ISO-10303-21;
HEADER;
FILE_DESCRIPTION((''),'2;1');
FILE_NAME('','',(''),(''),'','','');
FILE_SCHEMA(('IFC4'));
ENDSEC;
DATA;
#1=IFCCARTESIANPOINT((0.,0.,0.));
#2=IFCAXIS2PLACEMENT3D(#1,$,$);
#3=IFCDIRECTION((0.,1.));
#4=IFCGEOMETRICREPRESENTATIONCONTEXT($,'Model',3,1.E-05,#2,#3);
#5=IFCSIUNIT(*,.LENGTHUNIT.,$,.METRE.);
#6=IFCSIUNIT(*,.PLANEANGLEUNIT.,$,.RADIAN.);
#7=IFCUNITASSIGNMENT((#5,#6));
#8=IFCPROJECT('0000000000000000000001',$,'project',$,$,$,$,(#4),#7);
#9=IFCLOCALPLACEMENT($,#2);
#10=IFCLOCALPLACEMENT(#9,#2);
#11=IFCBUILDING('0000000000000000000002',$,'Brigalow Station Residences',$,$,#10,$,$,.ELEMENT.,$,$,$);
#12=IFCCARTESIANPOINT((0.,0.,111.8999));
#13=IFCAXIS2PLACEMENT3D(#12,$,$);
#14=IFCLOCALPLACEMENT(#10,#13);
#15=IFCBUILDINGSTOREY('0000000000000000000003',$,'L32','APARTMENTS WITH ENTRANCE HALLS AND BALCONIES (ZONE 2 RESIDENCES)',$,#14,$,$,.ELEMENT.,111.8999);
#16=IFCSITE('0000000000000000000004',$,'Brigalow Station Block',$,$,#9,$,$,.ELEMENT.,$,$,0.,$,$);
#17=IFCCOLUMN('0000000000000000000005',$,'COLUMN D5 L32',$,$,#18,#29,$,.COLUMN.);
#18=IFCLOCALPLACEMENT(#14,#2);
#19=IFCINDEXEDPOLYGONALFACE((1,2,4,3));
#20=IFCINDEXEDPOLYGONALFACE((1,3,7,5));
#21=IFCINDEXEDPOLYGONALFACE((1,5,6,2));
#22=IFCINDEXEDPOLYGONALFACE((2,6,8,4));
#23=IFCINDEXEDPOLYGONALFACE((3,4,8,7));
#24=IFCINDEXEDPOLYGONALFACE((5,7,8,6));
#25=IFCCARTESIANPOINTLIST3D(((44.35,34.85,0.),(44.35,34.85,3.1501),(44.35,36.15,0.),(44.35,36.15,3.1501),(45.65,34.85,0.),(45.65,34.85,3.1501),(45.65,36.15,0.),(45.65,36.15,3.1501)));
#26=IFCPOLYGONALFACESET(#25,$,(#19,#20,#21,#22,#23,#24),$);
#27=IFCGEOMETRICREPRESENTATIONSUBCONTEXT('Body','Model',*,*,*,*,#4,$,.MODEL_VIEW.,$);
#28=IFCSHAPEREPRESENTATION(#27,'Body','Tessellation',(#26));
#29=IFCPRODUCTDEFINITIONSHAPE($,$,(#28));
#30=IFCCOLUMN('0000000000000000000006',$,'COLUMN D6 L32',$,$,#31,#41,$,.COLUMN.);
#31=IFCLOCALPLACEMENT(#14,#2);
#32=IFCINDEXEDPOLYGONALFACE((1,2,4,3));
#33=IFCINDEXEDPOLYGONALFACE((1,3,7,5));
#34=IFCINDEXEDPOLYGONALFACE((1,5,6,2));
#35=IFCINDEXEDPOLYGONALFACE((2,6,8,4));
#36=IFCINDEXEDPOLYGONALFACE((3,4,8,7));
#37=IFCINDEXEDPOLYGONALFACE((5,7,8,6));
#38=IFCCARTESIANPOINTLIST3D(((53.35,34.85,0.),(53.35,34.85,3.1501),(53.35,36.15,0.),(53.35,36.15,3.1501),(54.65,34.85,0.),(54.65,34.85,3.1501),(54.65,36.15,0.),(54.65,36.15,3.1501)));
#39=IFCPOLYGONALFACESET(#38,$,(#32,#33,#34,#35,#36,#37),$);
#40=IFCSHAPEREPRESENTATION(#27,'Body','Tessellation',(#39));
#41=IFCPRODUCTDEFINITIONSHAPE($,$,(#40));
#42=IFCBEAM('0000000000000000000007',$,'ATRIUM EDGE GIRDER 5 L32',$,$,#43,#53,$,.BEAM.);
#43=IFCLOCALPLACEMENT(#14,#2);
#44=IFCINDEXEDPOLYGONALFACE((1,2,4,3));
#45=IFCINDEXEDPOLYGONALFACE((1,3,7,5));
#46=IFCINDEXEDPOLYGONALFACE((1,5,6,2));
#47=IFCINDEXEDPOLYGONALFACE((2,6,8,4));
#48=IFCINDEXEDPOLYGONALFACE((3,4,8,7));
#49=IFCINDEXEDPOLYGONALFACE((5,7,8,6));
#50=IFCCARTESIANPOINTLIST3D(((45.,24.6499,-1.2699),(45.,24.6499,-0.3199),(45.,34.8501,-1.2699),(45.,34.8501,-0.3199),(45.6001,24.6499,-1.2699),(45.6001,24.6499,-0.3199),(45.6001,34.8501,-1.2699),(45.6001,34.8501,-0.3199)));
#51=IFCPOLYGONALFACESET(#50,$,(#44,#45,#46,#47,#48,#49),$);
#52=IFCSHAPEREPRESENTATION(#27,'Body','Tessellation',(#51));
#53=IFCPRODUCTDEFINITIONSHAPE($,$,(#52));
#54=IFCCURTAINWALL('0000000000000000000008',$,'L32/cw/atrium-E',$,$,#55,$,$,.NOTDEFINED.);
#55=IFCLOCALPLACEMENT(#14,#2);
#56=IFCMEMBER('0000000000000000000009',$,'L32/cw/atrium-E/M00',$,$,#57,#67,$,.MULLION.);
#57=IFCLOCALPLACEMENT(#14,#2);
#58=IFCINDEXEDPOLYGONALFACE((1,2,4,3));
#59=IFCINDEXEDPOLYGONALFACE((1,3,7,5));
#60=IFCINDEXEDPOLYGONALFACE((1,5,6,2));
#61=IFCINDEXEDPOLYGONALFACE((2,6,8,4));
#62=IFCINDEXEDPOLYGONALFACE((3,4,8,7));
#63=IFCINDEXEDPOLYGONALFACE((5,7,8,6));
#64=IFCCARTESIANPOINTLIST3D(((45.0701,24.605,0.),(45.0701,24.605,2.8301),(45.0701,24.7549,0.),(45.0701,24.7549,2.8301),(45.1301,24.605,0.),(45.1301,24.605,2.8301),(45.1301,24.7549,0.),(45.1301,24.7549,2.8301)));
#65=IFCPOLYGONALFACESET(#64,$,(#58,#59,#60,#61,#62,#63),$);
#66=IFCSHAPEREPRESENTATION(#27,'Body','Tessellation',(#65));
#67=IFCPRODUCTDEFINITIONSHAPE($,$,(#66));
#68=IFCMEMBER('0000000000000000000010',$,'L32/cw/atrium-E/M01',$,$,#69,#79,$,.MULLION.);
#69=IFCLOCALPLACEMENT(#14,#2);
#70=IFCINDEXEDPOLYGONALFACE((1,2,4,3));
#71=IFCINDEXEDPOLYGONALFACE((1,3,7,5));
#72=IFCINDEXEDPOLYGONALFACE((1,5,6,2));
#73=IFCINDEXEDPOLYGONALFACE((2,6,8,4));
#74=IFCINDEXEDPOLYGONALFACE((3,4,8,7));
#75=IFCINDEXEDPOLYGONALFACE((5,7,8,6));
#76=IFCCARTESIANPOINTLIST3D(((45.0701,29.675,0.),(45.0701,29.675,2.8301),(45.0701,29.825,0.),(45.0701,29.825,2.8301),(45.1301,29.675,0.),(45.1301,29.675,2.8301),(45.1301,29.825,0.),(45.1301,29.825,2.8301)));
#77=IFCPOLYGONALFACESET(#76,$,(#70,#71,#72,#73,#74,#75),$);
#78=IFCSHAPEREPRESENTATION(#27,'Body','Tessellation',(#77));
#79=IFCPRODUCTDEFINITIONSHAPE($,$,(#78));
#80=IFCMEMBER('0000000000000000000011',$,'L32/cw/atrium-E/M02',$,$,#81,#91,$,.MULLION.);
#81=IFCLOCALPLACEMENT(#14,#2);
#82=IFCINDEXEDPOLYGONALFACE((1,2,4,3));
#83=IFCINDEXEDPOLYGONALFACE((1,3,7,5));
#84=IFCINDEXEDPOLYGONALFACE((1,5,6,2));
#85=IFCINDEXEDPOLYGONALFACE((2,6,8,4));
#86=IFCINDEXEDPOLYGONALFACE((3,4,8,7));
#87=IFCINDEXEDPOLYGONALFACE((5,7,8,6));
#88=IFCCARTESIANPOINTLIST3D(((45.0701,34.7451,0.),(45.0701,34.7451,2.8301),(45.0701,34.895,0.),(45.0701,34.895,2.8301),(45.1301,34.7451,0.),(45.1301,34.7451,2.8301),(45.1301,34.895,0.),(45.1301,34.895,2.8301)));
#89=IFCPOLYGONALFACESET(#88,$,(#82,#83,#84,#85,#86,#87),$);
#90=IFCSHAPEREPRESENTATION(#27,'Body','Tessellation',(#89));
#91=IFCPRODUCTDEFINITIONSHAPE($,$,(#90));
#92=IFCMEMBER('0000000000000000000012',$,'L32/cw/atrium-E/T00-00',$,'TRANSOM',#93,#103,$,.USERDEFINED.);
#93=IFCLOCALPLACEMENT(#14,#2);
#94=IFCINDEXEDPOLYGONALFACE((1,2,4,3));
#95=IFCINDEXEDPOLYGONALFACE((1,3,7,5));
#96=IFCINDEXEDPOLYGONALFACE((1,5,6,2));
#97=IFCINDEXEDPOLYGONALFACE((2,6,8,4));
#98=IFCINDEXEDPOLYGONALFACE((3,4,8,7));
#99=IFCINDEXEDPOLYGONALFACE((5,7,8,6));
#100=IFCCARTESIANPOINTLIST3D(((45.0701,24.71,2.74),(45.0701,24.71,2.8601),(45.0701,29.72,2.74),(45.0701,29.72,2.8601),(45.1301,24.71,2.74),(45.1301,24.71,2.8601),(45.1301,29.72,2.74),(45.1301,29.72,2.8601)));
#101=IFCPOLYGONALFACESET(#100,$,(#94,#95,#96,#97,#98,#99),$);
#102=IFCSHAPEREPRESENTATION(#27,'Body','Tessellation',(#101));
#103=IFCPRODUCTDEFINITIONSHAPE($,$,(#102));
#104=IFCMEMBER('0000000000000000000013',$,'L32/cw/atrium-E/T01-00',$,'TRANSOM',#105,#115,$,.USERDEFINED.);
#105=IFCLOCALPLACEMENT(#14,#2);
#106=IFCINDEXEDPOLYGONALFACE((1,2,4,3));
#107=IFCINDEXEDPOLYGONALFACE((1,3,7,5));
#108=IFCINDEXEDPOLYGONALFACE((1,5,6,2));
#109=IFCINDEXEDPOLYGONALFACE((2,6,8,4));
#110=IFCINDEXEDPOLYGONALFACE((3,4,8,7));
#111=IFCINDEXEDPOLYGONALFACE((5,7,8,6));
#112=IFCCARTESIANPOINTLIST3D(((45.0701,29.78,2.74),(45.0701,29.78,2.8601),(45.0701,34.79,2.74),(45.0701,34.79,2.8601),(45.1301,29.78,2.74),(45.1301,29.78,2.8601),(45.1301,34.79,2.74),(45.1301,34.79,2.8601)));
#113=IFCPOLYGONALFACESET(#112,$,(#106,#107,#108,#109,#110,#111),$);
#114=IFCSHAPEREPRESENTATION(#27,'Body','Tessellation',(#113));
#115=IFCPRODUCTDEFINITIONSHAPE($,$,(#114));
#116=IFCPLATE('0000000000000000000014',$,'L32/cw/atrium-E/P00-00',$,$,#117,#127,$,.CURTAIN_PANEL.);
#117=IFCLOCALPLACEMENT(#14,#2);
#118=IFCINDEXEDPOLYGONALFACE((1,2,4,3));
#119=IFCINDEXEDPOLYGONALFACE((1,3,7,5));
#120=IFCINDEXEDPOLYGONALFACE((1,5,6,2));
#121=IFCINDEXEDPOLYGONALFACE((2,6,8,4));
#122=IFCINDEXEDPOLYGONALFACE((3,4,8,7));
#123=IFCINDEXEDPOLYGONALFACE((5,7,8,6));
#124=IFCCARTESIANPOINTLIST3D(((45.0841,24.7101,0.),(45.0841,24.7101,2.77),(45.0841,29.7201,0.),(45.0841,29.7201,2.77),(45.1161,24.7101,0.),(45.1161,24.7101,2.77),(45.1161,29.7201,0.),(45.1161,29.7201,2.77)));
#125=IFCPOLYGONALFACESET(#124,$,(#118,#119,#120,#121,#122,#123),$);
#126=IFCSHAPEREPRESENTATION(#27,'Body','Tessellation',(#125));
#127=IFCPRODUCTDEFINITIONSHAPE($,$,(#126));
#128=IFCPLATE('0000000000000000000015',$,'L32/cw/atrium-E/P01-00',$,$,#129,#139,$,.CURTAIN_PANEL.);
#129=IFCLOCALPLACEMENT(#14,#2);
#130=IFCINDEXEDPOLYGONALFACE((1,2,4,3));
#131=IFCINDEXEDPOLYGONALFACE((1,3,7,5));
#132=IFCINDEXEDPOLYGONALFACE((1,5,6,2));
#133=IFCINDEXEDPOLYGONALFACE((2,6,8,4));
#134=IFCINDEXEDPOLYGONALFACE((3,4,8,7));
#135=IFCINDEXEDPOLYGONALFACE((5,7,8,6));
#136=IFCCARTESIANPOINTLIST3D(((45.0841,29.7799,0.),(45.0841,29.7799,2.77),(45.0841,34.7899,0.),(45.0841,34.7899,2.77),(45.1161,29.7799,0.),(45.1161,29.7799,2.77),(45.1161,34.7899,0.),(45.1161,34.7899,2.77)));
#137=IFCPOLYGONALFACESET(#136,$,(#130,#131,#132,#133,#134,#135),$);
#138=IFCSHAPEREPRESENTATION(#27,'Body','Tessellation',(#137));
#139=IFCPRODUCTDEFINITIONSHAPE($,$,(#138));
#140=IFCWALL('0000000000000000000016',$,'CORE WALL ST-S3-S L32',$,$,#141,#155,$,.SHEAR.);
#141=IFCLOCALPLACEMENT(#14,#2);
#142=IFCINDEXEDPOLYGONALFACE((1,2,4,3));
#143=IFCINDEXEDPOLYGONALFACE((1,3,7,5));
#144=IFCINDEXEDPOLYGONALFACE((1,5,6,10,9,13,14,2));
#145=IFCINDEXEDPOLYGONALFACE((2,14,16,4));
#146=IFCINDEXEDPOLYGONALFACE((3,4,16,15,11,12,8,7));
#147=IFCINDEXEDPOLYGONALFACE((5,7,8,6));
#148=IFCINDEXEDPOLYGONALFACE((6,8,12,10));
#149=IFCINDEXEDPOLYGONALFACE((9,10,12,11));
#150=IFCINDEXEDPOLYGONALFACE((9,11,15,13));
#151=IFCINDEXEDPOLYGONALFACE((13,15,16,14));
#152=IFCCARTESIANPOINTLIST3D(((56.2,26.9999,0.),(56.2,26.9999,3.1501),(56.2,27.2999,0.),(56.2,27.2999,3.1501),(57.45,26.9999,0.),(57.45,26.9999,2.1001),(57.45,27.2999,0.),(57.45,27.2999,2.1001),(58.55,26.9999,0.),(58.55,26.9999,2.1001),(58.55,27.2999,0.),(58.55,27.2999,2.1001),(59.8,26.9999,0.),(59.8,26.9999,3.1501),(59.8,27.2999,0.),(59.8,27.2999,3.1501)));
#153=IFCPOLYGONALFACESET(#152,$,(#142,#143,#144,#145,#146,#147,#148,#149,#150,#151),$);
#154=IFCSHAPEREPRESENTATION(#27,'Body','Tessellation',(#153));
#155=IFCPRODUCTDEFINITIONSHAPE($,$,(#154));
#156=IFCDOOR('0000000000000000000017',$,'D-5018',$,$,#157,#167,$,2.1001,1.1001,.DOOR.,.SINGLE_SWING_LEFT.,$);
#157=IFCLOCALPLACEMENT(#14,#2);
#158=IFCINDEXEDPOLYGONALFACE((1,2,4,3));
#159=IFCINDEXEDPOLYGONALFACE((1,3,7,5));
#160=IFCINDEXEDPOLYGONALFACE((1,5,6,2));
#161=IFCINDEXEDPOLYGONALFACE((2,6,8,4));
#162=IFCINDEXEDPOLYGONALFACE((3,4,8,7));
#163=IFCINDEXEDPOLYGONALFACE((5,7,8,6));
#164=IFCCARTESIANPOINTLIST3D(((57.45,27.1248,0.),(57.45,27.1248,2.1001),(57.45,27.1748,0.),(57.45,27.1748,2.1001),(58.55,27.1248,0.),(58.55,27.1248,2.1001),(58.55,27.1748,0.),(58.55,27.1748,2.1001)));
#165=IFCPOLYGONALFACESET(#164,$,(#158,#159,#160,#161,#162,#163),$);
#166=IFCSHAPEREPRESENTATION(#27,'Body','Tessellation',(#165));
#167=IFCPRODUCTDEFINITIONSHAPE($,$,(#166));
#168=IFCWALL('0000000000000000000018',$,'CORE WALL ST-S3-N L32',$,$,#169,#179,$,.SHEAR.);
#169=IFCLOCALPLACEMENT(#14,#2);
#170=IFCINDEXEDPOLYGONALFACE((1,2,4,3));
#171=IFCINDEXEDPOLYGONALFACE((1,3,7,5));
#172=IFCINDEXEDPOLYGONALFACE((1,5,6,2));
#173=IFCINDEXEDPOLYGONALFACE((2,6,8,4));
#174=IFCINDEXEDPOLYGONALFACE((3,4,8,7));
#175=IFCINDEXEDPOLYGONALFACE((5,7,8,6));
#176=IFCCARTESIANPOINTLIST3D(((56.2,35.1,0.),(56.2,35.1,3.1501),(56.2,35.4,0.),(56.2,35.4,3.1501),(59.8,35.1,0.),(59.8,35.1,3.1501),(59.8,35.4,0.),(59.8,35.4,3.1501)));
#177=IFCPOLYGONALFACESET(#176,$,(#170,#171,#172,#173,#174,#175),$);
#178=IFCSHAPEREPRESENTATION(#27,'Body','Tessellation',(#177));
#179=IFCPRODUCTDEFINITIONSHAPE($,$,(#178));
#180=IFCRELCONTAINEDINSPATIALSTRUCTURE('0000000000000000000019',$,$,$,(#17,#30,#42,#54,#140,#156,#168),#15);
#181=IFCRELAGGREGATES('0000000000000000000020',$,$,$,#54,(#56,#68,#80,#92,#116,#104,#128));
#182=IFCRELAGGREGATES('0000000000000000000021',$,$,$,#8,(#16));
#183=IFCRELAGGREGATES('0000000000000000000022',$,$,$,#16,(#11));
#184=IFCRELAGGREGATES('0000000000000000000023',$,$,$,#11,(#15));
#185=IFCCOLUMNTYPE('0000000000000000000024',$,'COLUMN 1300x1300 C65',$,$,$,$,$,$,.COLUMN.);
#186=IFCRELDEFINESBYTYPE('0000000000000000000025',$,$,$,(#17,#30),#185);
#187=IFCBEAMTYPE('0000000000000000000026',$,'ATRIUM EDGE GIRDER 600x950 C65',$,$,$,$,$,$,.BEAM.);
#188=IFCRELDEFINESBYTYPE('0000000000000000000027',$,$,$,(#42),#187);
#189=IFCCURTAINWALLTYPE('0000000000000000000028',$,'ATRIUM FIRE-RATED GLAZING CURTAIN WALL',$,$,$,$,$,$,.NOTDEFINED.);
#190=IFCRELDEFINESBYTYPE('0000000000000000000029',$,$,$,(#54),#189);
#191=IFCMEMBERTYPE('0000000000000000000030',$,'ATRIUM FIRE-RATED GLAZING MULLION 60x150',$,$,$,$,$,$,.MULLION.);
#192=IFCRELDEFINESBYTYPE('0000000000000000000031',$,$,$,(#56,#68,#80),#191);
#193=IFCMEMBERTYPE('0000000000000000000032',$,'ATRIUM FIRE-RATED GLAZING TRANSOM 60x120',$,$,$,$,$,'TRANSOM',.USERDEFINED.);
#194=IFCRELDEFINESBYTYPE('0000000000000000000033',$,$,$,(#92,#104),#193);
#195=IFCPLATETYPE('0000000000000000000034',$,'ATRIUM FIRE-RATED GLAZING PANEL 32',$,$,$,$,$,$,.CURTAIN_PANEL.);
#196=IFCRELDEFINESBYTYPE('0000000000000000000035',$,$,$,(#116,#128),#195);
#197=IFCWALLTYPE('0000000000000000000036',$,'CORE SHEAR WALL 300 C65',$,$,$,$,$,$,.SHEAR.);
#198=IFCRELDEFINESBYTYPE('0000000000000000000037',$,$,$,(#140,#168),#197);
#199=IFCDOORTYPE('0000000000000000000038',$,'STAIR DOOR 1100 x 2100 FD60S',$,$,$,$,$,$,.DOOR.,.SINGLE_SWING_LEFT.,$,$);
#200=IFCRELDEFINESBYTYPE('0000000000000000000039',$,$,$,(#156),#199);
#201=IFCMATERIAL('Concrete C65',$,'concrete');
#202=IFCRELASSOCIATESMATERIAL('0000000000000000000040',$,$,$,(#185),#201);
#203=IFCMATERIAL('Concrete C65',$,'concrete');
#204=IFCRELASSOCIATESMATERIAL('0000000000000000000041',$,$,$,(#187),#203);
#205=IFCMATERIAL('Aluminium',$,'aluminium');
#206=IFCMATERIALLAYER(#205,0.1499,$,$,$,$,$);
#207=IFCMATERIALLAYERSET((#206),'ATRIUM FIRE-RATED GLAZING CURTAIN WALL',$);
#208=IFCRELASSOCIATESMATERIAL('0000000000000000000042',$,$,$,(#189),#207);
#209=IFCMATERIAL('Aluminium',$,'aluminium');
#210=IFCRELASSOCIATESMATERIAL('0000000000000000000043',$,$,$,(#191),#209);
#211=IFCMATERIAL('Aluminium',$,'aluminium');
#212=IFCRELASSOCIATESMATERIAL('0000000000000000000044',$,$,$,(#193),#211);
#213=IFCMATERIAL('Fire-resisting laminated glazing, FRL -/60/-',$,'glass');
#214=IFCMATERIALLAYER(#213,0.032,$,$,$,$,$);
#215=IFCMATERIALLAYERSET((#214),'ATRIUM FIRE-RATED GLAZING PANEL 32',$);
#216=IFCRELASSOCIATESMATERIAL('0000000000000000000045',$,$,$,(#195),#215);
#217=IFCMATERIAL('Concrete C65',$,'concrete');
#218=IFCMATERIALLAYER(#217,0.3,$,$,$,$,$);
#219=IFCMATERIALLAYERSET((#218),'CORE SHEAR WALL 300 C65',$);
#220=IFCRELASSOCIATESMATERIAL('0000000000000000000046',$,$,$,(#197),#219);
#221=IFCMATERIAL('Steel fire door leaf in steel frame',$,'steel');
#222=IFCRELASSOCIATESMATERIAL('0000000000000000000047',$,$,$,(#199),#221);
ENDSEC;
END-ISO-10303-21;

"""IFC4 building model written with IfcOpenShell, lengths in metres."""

from ifc_helpers import new_model, si_unit, direction, frame, frame_2d, origin, origin_2d, place, context, subcontext, project, spatial, rectangle, extrude, material, layer, layer_set, material_profile, profile_set, type_object, element, fill, aggregate, save


model = new_model("IFC4")

# Units and contexts
model_context = context("Model", 3, precision=1e-05, world=origin(), true_north=direction((0.0, 1.0)))
body_context = subcontext(model_context, "Body", "Model", "MODEL_VIEW")
ifc_project = project(units=[si_unit("LENGTHUNIT", "METRE"), si_unit("PLANEANGLEUNIT", "RADIAN")], contexts=[model_context])

# Site, building, storey
site_placement = place(None, origin())
site = spatial("IfcSite", under=ifc_project, at=site_placement, Name="Brigalow Station Block", CompositionType="ELEMENT", RefElevation=0.0)
building_placement = place(site_placement, origin())
building = spatial("IfcBuilding", under=site, at=building_placement, Name="Brigalow Station Residences", CompositionType="ELEMENT")
storey_placement = place(building_placement, frame((0.0, 0.0, 111.8999)))
storey = spatial("IfcBuildingStorey", under=building, at=storey_placement, Name="L32", Description="APARTMENTS WITH ENTRANCE HALLS AND BALCONIES (ZONE 2 RESIDENCES)", CompositionType="ELEMENT", Elevation=111.8999)

# Columns
ifc_material_1 = material(Name="Concrete C65", Category="concrete")
ifc_material_profile_1 = material_profile(ifc_material_1, rectangle(XDim=1.3, YDim=1.3, at=origin_2d()), Name="RC1300x1300")
ifc_profile_set_1 = profile_set([ifc_material_profile_1], Name="Concrete C65")
column_type = type_object("IfcColumnType", Name="COLUMN 1300x1300 C65", PredefinedType="COLUMN", material=ifc_profile_set_1)
for number, where, z_axis, x_axis, name in (
    (1, (45.0, 35.5, 0.0), (0.0, 0.0, 1.0), (1.0, 0.0, 0.0), "COLUMN D5 L32"),
    (2, (54.0, 35.5, 0.0), (0.0, 0.0, 1.0), (1.0, 0.0, 0.0), "COLUMN D6 L32"),
):
    element("IfcColumn", number, at=place(storey_placement, frame(where, z_axis=z_axis, x_axis=x_axis)), inside=storey, type_object=column_type, Name=name, PredefinedType="COLUMN", context=body_context, shape_type="SweptSolid", body=[
        extrude(rectangle(XDim=1.3, YDim=1.3, at=origin_2d()), origin(), (0.0, 0.0, 1.0), 3.1501),
    ])

# Beam
ifc_material_2 = material(Name="Concrete C65", Category="concrete")
ifc_material_profile_2 = material_profile(ifc_material_2, rectangle(XDim=0.6001, YDim=0.95, at=origin_2d()), Name="RC600x950")
ifc_profile_set_2 = profile_set([ifc_material_profile_2], Name="Concrete C65")
beam_type = type_object("IfcBeamType", Name="ATRIUM EDGE GIRDER 600x950 C65", PredefinedType="BEAM", material=ifc_profile_set_2)
beam_placement = place(storey_placement, frame((45.3, 24.6499, -0.7949), z_axis=(0.0, 1.0, 0.0), x_axis=(-1.0, 0.0, 0.0)))
element("IfcBeam", 3, at=beam_placement, inside=storey, type_object=beam_type, Name="ATRIUM EDGE GIRDER 5 L32", PredefinedType="BEAM", context=body_context, shape_type="SweptSolid", body=[
    extrude(rectangle(XDim=0.6001, YDim=0.95, at=origin_2d()), origin(), (0.0, 0.0, 1.0), 10.2002),
])

# Curtain wall, members, plates
ifc_material_3 = material(Name="Aluminium", Category="aluminium")
ifc_layer_1 = layer(ifc_material_3, 0.1499)
ifc_layer_set_1 = layer_set([ifc_layer_1], Name="ATRIUM FIRE-RATED GLAZING CURTAIN WALL")
curtain_wall_type = type_object("IfcCurtainWallType", Name="ATRIUM FIRE-RATED GLAZING CURTAIN WALL", PredefinedType="NOTDEFINED", material=ifc_layer_set_1)
curtain_wall_placement = place(storey_placement, origin())
curtain_wall = element("IfcCurtainWall", 4, at=curtain_wall_placement, inside=storey, type_object=curtain_wall_type, Name="L32/cw/atrium-E", PredefinedType="NOTDEFINED")
ifc_material_4 = material(Name="Aluminium", Category="aluminium")
ifc_material_profile_3 = material_profile(ifc_material_4, rectangle(XDim=0.0601, YDim=0.1499, at=origin_2d()), Name="ATRIUM FIRE-RATED GLAZING MULLION 60x150")
ifc_profile_set_3 = profile_set([ifc_material_profile_3], Name="Aluminium")
member_type_1 = type_object("IfcMemberType", Name="ATRIUM FIRE-RATED GLAZING MULLION 60x150", PredefinedType="MULLION", material=ifc_profile_set_3)
member_1_placement = place(storey_placement, frame((45.1001, 24.6799, 0.0), z_axis=(0.0, 0.0, 1.0), x_axis=(-1.0, 0.0, 0.0)))
member_1 = element("IfcMember", 5, at=member_1_placement, type_object=member_type_1, Name="L32/cw/atrium-E/M00", PredefinedType="MULLION", context=body_context, shape_type="SweptSolid", body=[
    extrude(rectangle(XDim=0.0601, YDim=0.1499, at=origin_2d()), origin(), (0.0, 0.0, 1.0), 2.8301),
])
member_2_placement = place(storey_placement, frame((45.1001, 29.75, 0.0), z_axis=(0.0, 0.0, 1.0), x_axis=(-1.0, 0.0, 0.0)))
member_2 = element("IfcMember", 6, at=member_2_placement, type_object=member_type_1, Name="L32/cw/atrium-E/M01", PredefinedType="MULLION", context=body_context, shape_type="SweptSolid", body=[
    extrude(rectangle(XDim=0.0601, YDim=0.1499, at=origin_2d()), origin(), (0.0, 0.0, 1.0), 2.8301),
])
member_3_placement = place(storey_placement, frame((45.1001, 34.8201, 0.0), z_axis=(0.0, 0.0, 1.0), x_axis=(-1.0, 0.0, 0.0)))
member_3 = element("IfcMember", 7, at=member_3_placement, type_object=member_type_1, Name="L32/cw/atrium-E/M02", PredefinedType="MULLION", context=body_context, shape_type="SweptSolid", body=[
    extrude(rectangle(XDim=0.0601, YDim=0.1499, at=origin_2d()), origin(), (0.0, 0.0, 1.0), 2.8301),
])
ifc_material_5 = material(Name="Aluminium", Category="aluminium")
ifc_material_profile_4 = material_profile(ifc_material_5, rectangle(XDim=0.0601, YDim=0.1201, at=origin_2d()), Name="ATRIUM FIRE-RATED GLAZING TRANSOM 60x120")
ifc_profile_set_4 = profile_set([ifc_material_profile_4], Name="Aluminium")
member_type_2 = type_object("IfcMemberType", Name="ATRIUM FIRE-RATED GLAZING TRANSOM 60x120", ElementType="TRANSOM", PredefinedType="USERDEFINED", material=ifc_profile_set_4)
member_4_placement = place(storey_placement, frame((45.1001, 24.71, 2.8), z_axis=(0.0, 1.0, 0.0), x_axis=(-1.0, 0.0, 0.0)))
member_4 = element("IfcMember", 8, at=member_4_placement, type_object=member_type_2, Name="L32/cw/atrium-E/T00-00", ObjectType="TRANSOM", PredefinedType="USERDEFINED", context=body_context, shape_type="SweptSolid", body=[
    extrude(rectangle(XDim=0.0601, YDim=0.1201, at=origin_2d()), origin(), (0.0, 0.0, 1.0), 5.01),
])
member_5_placement = place(storey_placement, frame((45.1001, 29.78, 2.8), z_axis=(0.0, 1.0, 0.0), x_axis=(-1.0, 0.0, 0.0)))
member_5 = element("IfcMember", 9, at=member_5_placement, type_object=member_type_2, Name="L32/cw/atrium-E/T01-00", ObjectType="TRANSOM", PredefinedType="USERDEFINED", context=body_context, shape_type="SweptSolid", body=[
    extrude(rectangle(XDim=0.0601, YDim=0.1201, at=origin_2d()), origin(), (0.0, 0.0, 1.0), 5.01),
])
ifc_material_6 = material(Name="Fire-resisting laminated glazing, FRL -/60/-", Category="glass")
ifc_layer_2 = layer(ifc_material_6, 0.032)
ifc_layer_set_2 = layer_set([ifc_layer_2], Name="ATRIUM FIRE-RATED GLAZING PANEL 32")
plate_type = type_object("IfcPlateType", Name="ATRIUM FIRE-RATED GLAZING PANEL 32", PredefinedType="CURTAIN_PANEL", material=ifc_layer_set_2)
plate_1_placement = place(storey_placement, frame((45.1001, 27.2151, 0.0), z_axis=(0.0, 0.0, 1.0), x_axis=(0.0, 1.0, 0.0)))
plate_1 = element("IfcPlate", 10, at=plate_1_placement, type_object=plate_type, Name="L32/cw/atrium-E/P00-00", PredefinedType="CURTAIN_PANEL", context=body_context, shape_type="SweptSolid", body=[
    extrude(rectangle(XDim=5.01, YDim=0.032, at=origin_2d()), origin(), (0.0, 0.0, 1.0), 2.77),
])
plate_2_placement = place(storey_placement, frame((45.1001, 32.2849, 0.0), z_axis=(0.0, 0.0, 1.0), x_axis=(0.0, 1.0, 0.0)))
plate_2 = element("IfcPlate", 11, at=plate_2_placement, type_object=plate_type, Name="L32/cw/atrium-E/P01-00", PredefinedType="CURTAIN_PANEL", context=body_context, shape_type="SweptSolid", body=[
    extrude(rectangle(XDim=5.01, YDim=0.032, at=origin_2d()), origin(), (0.0, 0.0, 1.0), 2.77),
])
aggregate(curtain_wall, [member_1, member_2, member_3, member_4, plate_1, member_5, plate_2])

# Wall, opening, door
ifc_material_7 = material(Name="Concrete C65", Category="concrete")
ifc_layer_3 = layer(ifc_material_7, 0.3)
ifc_layer_set_3 = layer_set([ifc_layer_3], Name="CORE SHEAR WALL 300 C65")
wall_type_1 = type_object("IfcWallType", Name="CORE SHEAR WALL 300 C65", PredefinedType="SHEAR", material=ifc_layer_set_3)
wall_1_placement = place(storey_placement, frame((56.2, 27.1499, 0.0), z_axis=(0.0, 0.0, 1.0), x_axis=(1.0, 0.0, 0.0)))
wall_1 = element("IfcWall", 12, at=wall_1_placement, inside=storey, type_object=wall_type_1, Name="CORE WALL ST-S3-S L32", PredefinedType="SHEAR", context=body_context, shape_type="SweptSolid", body=[
    extrude(rectangle(XDim=3.6001, YDim=0.3, at=frame_2d((1.8, 0.0))), origin(), (0.0, 0.0, 1.0), 3.1501),
])
opening_1_placement = place(wall_1_placement, frame((1.25, 0.0, 0.0)))
opening_1 = element("IfcOpeningElement", 13, at=opening_1_placement, cuts=wall_1, PredefinedType="OPENING", context=body_context, shape_type="SweptSolid", body=[
    extrude(rectangle(XDim=1.1001, YDim=2.1001, at=frame_2d((0.55, 1.05))), frame((0.0, 0.1602, 0.0), z_axis=(0.0, -1.0, 0.0), x_axis=(1.0, 0.0, 0.0)), (0.0, 0.0, 1.0), 0.3201),
])
ifc_material_8 = material(Name="Steel fire door leaf in steel frame", Category="steel")
door_type_1 = type_object("IfcDoorType", Name="STAIR DOOR 1100 x 2100 FD60S", OperationType="SINGLE_SWING_LEFT", PredefinedType="DOOR", material=ifc_material_8)
door_1_placement = place(opening_1_placement, origin())
door_1 = element("IfcDoor", 14, at=door_1_placement, inside=storey, type_object=door_type_1, Name="D-5018", OperationType="SINGLE_SWING_LEFT", OverallHeight=2.1001, OverallWidth=1.1001, PredefinedType="DOOR", context=body_context, shape_type="SweptSolid", body=[
    extrude(rectangle(XDim=1.1001, YDim=2.1001, at=frame_2d((0.55, 1.05))), frame((0.0, 0.0249, 0.0), z_axis=(0.0, -1.0, 0.0), x_axis=(1.0, 0.0, 0.0)), (0.0, 0.0, 1.0), 0.05),
])
fill(opening_1, door_1)

# Wall
wall_2_placement = place(storey_placement, frame((56.2, 35.25, 0.0), z_axis=(0.0, 0.0, 1.0), x_axis=(1.0, 0.0, 0.0)))
element("IfcWall", 15, at=wall_2_placement, inside=storey, type_object=wall_type_1, Name="CORE WALL ST-S3-N L32", PredefinedType="SHEAR", context=body_context, shape_type="SweptSolid", body=[
    extrude(rectangle(XDim=3.6001, YDim=0.3, at=frame_2d((1.8, 0.0))), origin(), (0.0, 0.0, 1.0), 3.1501),
])

save(model, "model.ifc")
